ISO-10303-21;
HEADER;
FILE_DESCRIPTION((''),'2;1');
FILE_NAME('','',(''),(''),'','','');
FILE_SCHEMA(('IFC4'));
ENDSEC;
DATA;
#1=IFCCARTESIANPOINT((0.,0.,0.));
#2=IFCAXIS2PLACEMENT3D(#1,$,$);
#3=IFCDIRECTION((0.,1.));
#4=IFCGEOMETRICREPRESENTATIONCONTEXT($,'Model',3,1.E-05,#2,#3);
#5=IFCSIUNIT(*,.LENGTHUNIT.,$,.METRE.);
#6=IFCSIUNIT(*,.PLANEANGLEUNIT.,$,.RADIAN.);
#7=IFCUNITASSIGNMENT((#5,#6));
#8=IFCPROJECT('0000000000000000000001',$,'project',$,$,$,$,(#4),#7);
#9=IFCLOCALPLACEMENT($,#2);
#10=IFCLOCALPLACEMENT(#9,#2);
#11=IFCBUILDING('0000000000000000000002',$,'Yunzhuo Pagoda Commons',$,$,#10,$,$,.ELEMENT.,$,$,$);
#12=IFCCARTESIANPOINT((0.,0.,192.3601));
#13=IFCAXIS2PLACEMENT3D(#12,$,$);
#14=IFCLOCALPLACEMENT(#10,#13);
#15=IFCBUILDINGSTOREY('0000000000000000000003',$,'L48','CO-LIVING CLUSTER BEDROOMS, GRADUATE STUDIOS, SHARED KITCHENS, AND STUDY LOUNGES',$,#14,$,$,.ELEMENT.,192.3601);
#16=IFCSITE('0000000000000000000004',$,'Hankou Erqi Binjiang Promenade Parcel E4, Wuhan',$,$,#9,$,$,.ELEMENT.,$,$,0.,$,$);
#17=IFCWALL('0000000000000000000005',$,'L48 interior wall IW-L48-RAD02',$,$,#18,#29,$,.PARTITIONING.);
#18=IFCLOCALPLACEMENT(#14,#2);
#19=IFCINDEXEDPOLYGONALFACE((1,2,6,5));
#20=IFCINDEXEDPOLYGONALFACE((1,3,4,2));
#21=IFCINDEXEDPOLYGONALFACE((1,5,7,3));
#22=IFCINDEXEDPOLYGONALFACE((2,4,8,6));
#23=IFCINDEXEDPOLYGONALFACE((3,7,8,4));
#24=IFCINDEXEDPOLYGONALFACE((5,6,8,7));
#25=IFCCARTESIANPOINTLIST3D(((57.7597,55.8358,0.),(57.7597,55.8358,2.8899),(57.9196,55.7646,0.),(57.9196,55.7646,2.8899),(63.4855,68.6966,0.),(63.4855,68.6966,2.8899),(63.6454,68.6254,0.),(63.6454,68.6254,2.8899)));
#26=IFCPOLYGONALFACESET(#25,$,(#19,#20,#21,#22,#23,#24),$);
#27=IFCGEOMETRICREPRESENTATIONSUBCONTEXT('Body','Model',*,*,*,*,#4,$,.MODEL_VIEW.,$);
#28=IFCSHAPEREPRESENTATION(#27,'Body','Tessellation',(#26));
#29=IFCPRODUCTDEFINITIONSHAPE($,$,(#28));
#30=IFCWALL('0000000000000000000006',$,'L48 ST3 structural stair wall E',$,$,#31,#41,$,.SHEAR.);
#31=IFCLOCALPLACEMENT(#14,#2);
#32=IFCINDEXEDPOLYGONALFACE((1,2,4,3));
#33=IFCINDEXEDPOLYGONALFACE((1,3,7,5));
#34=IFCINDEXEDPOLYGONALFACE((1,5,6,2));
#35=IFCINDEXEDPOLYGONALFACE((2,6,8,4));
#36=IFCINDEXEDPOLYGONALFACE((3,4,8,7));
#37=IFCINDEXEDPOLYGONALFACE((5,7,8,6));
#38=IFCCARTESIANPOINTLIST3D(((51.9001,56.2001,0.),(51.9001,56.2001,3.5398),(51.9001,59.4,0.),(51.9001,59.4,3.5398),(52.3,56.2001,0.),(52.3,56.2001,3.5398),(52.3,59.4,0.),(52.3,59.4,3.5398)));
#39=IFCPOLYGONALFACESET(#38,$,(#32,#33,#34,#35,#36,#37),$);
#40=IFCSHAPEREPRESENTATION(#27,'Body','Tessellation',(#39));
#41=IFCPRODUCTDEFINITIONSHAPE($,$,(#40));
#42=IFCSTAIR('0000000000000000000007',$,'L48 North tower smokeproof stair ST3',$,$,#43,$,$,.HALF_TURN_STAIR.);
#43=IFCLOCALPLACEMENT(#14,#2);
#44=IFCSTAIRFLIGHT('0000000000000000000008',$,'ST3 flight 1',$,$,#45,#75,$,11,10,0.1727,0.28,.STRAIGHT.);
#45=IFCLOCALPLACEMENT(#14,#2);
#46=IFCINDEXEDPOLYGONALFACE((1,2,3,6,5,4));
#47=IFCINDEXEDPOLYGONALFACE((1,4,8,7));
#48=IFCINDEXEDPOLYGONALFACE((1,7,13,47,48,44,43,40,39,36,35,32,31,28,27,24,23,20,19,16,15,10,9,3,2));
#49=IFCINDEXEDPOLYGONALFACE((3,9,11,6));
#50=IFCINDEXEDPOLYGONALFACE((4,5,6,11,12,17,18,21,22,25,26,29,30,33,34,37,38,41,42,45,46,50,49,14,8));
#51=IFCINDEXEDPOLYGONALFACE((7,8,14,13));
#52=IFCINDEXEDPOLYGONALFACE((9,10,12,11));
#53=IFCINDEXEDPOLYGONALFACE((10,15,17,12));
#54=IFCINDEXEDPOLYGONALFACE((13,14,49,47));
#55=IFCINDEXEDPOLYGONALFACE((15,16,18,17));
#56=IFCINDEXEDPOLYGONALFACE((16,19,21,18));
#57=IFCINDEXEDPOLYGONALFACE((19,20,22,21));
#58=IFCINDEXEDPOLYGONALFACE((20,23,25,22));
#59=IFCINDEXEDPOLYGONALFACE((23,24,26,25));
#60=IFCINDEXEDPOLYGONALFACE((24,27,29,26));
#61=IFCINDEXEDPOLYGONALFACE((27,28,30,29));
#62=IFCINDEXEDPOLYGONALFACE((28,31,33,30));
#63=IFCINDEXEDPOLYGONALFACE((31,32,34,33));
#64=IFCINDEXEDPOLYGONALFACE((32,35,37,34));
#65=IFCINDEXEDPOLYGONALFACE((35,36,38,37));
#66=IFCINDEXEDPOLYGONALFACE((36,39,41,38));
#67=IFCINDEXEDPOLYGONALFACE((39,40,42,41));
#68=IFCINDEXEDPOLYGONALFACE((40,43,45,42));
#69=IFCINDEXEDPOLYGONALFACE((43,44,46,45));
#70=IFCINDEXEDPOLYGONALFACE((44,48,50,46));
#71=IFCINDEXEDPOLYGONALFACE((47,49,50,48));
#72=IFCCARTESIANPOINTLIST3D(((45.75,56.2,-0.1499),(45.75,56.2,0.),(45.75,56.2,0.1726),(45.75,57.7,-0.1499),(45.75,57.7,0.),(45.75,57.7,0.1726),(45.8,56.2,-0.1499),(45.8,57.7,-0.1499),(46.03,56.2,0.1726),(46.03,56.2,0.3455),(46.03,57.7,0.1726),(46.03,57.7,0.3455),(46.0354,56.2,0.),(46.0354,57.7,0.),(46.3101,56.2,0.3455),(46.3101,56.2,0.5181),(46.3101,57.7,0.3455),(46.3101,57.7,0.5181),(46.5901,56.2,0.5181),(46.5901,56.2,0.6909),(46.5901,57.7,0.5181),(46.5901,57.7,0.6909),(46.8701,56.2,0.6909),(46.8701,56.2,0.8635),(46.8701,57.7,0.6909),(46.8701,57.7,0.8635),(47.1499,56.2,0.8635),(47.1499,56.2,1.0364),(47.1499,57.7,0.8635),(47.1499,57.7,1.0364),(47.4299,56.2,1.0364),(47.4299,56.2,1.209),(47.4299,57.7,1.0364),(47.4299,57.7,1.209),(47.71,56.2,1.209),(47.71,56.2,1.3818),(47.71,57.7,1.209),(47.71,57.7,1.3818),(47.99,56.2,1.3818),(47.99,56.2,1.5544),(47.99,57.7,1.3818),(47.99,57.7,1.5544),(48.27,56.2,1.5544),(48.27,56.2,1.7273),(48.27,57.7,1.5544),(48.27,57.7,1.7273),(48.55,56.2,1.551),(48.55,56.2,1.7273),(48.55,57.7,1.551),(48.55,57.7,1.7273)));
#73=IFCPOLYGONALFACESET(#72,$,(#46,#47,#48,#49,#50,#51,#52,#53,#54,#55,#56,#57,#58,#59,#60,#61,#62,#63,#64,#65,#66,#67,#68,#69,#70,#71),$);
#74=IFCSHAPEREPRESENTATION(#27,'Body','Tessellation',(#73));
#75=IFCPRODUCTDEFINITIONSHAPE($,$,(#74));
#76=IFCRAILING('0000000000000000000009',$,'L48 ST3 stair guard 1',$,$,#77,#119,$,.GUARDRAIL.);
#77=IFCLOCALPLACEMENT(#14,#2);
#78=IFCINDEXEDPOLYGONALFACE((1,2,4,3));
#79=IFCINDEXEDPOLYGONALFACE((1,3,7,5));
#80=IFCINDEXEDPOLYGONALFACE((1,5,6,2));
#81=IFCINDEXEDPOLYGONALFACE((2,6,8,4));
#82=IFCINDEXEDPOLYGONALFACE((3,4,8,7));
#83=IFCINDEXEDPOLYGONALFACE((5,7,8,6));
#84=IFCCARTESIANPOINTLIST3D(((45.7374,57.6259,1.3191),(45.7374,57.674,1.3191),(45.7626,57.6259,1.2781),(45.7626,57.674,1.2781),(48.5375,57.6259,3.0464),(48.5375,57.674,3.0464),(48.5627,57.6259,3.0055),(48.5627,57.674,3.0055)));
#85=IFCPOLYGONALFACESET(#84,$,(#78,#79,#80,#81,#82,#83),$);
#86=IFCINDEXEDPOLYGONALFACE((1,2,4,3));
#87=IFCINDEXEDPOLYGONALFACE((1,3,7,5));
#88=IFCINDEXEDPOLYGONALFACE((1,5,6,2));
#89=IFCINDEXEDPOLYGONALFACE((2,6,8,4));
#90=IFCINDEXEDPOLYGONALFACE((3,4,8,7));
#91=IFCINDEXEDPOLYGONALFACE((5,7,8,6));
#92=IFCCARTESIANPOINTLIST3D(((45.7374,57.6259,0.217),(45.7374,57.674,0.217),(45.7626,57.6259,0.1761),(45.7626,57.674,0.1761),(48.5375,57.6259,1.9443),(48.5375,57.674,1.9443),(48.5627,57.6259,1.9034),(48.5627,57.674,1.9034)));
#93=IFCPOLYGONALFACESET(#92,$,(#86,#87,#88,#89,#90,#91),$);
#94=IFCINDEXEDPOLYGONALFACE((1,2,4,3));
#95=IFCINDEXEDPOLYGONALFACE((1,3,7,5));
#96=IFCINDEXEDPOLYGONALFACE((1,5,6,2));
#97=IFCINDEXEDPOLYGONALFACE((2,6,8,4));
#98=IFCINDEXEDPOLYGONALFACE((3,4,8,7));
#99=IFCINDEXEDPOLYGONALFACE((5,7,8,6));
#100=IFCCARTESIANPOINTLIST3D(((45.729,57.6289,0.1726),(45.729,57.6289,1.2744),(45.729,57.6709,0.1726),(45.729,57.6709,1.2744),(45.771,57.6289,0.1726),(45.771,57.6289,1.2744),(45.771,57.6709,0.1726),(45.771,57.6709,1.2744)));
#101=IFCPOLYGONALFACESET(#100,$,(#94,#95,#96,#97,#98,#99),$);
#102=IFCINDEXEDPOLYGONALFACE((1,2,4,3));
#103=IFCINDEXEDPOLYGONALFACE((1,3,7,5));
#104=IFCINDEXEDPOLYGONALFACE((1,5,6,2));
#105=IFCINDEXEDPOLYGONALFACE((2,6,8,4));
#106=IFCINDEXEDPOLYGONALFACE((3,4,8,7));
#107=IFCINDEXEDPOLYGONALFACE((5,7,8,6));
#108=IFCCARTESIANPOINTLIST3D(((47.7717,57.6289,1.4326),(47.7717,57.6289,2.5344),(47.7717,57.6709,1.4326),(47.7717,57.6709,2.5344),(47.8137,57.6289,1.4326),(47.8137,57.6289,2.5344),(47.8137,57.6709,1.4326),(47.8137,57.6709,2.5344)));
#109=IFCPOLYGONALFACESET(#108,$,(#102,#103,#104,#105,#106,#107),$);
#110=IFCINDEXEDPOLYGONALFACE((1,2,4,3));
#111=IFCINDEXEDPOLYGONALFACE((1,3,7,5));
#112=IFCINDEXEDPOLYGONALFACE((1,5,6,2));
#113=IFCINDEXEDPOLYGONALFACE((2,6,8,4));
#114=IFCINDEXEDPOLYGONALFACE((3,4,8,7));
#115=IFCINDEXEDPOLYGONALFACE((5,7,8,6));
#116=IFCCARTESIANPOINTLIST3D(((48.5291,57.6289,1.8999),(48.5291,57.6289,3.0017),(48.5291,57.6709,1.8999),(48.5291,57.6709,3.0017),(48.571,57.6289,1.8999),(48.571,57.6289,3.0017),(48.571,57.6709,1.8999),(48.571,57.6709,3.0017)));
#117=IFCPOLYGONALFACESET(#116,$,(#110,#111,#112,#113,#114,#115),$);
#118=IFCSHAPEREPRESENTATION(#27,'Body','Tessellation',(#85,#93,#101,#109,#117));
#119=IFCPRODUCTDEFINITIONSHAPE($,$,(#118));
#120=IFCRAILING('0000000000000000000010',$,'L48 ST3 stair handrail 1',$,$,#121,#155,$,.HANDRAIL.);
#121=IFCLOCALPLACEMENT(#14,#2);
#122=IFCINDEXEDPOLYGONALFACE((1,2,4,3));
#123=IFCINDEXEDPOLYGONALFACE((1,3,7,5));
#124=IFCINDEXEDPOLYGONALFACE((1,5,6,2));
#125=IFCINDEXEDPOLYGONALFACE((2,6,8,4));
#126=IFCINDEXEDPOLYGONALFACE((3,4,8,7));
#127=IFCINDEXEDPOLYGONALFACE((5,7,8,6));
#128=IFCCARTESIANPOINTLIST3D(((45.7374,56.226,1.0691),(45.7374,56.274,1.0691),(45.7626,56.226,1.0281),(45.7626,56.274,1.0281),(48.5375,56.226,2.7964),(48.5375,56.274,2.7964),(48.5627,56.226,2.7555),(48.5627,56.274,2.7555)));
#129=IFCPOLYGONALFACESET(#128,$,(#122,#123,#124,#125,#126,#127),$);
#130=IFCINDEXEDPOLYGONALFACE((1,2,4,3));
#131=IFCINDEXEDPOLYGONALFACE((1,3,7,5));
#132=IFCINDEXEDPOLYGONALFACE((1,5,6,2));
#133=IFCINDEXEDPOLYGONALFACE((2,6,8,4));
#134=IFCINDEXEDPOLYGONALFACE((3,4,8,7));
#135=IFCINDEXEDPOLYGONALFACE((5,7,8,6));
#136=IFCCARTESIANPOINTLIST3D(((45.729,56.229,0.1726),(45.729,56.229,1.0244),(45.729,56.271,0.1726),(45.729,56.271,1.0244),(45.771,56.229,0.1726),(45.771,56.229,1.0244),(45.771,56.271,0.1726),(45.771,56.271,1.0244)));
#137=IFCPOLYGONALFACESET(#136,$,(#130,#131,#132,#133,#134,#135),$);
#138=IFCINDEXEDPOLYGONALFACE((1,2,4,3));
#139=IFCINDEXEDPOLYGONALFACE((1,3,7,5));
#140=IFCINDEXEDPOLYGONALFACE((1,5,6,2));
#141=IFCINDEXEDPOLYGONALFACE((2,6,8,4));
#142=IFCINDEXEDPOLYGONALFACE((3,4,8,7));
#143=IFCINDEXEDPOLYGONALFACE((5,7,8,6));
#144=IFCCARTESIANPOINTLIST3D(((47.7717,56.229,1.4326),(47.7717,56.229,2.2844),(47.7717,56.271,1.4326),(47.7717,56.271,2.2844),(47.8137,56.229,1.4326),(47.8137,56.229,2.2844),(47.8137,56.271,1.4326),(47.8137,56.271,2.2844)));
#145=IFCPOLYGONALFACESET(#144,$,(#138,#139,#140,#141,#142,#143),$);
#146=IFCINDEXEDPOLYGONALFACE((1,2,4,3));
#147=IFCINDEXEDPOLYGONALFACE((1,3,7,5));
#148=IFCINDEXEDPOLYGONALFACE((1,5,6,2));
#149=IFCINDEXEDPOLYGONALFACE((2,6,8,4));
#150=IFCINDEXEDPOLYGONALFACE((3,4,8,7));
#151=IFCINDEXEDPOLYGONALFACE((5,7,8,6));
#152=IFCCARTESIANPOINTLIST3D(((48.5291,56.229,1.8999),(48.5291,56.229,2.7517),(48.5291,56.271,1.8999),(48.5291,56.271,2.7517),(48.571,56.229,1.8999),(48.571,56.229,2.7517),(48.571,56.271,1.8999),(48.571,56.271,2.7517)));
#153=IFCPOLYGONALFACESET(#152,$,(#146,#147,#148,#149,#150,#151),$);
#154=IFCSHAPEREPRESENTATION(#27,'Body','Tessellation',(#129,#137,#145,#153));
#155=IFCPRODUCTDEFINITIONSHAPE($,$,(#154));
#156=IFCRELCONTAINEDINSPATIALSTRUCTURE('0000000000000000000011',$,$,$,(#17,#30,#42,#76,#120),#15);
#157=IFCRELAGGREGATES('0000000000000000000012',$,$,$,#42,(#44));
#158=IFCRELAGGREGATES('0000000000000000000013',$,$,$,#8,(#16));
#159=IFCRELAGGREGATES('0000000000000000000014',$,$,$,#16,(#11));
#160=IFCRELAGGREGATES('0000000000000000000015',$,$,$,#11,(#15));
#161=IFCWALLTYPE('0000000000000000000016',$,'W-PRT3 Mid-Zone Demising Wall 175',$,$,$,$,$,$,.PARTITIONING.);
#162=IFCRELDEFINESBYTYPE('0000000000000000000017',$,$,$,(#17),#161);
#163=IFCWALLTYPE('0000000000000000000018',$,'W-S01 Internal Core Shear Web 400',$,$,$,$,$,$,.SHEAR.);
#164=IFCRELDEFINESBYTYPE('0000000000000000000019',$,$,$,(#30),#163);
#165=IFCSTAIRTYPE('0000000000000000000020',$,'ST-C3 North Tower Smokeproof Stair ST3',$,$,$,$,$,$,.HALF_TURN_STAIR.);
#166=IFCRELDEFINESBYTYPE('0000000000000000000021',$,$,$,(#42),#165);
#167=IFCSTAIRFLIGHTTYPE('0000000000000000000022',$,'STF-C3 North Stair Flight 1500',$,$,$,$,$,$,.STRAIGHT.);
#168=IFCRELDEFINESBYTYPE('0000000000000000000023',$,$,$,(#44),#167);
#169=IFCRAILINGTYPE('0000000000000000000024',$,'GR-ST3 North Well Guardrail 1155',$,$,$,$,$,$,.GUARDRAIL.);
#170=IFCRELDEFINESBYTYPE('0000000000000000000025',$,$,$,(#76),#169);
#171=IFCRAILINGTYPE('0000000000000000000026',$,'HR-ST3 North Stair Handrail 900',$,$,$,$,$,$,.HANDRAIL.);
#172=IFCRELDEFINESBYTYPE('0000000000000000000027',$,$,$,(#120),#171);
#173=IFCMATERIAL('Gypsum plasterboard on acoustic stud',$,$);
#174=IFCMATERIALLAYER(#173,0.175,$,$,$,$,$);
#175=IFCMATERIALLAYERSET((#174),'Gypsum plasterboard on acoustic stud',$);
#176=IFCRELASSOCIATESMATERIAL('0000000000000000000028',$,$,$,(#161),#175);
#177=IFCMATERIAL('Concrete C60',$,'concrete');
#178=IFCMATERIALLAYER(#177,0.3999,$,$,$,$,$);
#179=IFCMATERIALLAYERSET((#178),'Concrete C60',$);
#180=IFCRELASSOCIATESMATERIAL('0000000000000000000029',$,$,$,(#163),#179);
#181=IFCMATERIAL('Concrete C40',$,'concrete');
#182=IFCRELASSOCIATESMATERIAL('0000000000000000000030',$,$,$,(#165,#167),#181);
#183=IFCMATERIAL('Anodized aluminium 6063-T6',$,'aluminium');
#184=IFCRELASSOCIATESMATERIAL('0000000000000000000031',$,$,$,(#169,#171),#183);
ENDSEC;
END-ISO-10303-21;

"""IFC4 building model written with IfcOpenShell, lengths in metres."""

from ifc_helpers import new_model, si_unit, direction, frame, frame_2d, origin, origin_2d, place, context, subcontext, project, spatial, polyline, rectangle, outline, extrude, source, transform, mapped, material, layer, layer_set, type_object, element, aggregate, save


model = new_model("IFC4")

# Units and contexts
model_context = context("Model", 3, precision=1e-05, world=origin(), true_north=direction((0.0, 1.0)))
body_context = subcontext(model_context, "Body", "Model", "MODEL_VIEW")
ifc_project = project(units=[si_unit("LENGTHUNIT", "METRE"), si_unit("PLANEANGLEUNIT", "RADIAN")], contexts=[model_context])

# Site, building, storey
site_placement = place(None, origin())
site = spatial("IfcSite", under=ifc_project, at=site_placement, Name="Hankou Erqi Binjiang Promenade Parcel E4, Wuhan", CompositionType="ELEMENT", RefElevation=0.0)
building_placement = place(site_placement, origin())
building = spatial("IfcBuilding", under=site, at=building_placement, Name="Yunzhuo Pagoda Commons", CompositionType="ELEMENT")
storey_placement = place(building_placement, frame((0.0, 0.0, 192.3601)))
storey = spatial("IfcBuildingStorey", under=building, at=storey_placement, Name="L48", Description="CO-LIVING CLUSTER BEDROOMS, GRADUATE STUDIOS, SHARED KITCHENS, AND STUDY LOUNGES", CompositionType="ELEMENT", Elevation=192.3601)

# Shared definitions
ifc_material_1 = material(Name="Anodized aluminium 6063-T6", Category="aluminium")

# Shared definitions
ifc_material_2 = material(Name="Gypsum plasterboard on acoustic stud")

# Walls
ifc_layer_1 = layer(ifc_material_2, 0.175)
ifc_layer_set_1 = layer_set([ifc_layer_1], Name="Gypsum plasterboard on acoustic stud")
wall_type_1 = type_object("IfcWallType", Name="W-PRT3 Mid-Zone Demising Wall 175", PredefinedType="PARTITIONING", material=ifc_layer_set_1)
wall_1_placement = place(storey_placement, frame((57.8396, 55.8, 0.0), z_axis=(0.0, 0.0, 1.0), x_axis=(0.406726, 0.91355, 0.0)))
element("IfcWall", 1, at=wall_1_placement, inside=storey, type_object=wall_type_1, Name="L48 interior wall IW-L48-RAD02", PredefinedType="PARTITIONING", context=body_context, shape_type="SweptSolid", body=[
    extrude(rectangle(XDim=14.0779, YDim=0.175, at=frame_2d((7.0391, 0.0))), origin(), (0.0, 0.0, 1.0), 2.8899),
])
ifc_material_3 = material(Name="Concrete C60", Category="concrete")
ifc_layer_2 = layer(ifc_material_3, 0.3999)
ifc_layer_set_2 = layer_set([ifc_layer_2], Name="Concrete C60")
wall_type_2 = type_object("IfcWallType", Name="W-S01 Internal Core Shear Web 400", PredefinedType="SHEAR", material=ifc_layer_set_2)
wall_2_placement = place(storey_placement, frame((52.1001, 56.2, 0.0), z_axis=(0.0, 0.0, 1.0), x_axis=(0.0, 1.0, 0.0)))
element("IfcWall", 2, at=wall_2_placement, inside=storey, type_object=wall_type_2, Name="L48 ST3 structural stair wall E", PredefinedType="SHEAR", context=body_context, shape_type="SweptSolid", body=[
    extrude(rectangle(XDim=3.2, YDim=0.3999, at=frame_2d((1.6001, 0.0))), origin(), (0.0, 0.0, 1.0), 3.5398),
])

# Stair, stair flight
ifc_material_4 = material(Name="Concrete C40", Category="concrete")
stair_type = type_object("IfcStairType", Name="ST-C3 North Tower Smokeproof Stair ST3", PredefinedType="HALF_TURN_STAIR", material=ifc_material_4)
stair_placement = place(storey_placement, origin())
stair = element("IfcStair", 3, at=stair_placement, inside=storey, type_object=stair_type, Name="L48 North tower smokeproof stair ST3", PredefinedType="HALF_TURN_STAIR")
stair_flight_type = type_object("IfcStairFlightType", Name="STF-C3 North Stair Flight 1500", PredefinedType="STRAIGHT", material=ifc_material_4)
shared_shape_1 = source(origin(), body_context, "Body", "SweptSolid", [
    extrude(outline(polyline([(0.0, -0.1499), (0.0, 0.0), (0.0, 0.1726), (0.28, 0.1726), (0.28, 0.3455), (0.5601, 0.3455), (0.5601, 0.5181), (0.8401, 0.5181), (0.8401, 0.6909), (1.1201, 0.6909), (1.1201, 0.8635), (1.3999, 0.8635), (1.3999, 1.0364), (1.6799, 1.0364), (1.6799, 1.209), (1.96, 1.209), (1.96, 1.3818), (2.24, 1.3818), (2.24, 1.5544), (2.52, 1.5544), (2.52, 1.7273), (2.8, 1.7273), (2.8, 1.8999), (2.8, 1.551), (0.2854, 0.0), (0.05, -0.1499), (0.0, -0.1499)])), frame((0.0, 0.75, 0.0), z_axis=(0.0, -1.0, 0.0), x_axis=(1.0, 0.0, 0.0)), (0.0, 0.0, 1.0), 1.5),
])
stair_flight_placement = place(storey_placement, frame((45.75, 56.95, 0.0), z_axis=(0.0, 0.0, 1.0), x_axis=(1.0, 0.0, 0.0)))
stair_flight = element("IfcStairFlight", 4, at=stair_flight_placement, type_object=stair_flight_type, Name="ST3 flight 1", NumberOfRisers=11, NumberOfTreads=10, PredefinedType="STRAIGHT", RiserHeight=0.1727, TreadLength=0.28, context=body_context, shape_type="MappedRepresentation", body=[
    mapped(shared_shape_1, transform((0.0, 0.0, 0.0), scale=1.0)),
])
aggregate(stair, [stair_flight])

# Railings
railing_type_1 = type_object("IfcRailingType", Name="GR-ST3 North Well Guardrail 1155", PredefinedType="GUARDRAIL", material=ifc_material_1)
railing_1_placement = place(storey_placement, frame((45.75, 57.6499, 0.1726)))
element("IfcRailing", 5, at=railing_1_placement, inside=storey, type_object=railing_type_1, Name="L48 ST3 stair guard 1", PredefinedType="GUARDRAIL", context=body_context, shape_type="SweptSolid", body=[
    extrude(rectangle(XDim=0.0481, YDim=0.0481, at=origin_2d()), frame((0.0, 0.0, 1.126), z_axis=(0.85109, 0.0, 0.52502), x_axis=(0.0, 1.0, 0.0)), (0.0, 0.0, 1.0), 3.29),
    extrude(rectangle(XDim=0.0481, YDim=0.0481, at=origin_2d()), frame((0.0, 0.0, 0.0239), z_axis=(0.85109, 0.0, 0.52502), x_axis=(0.0, 1.0, 0.0)), (0.0, 0.0, 1.0), 3.29),
    extrude(rectangle(XDim=0.042, YDim=0.042, at=origin_2d()), origin(), (0.0, 0.0, 1.0), 1.1018),
    extrude(rectangle(XDim=0.042, YDim=0.042, at=origin_2d()), frame((2.0427, 0.0, 1.26)), (0.0, 0.0, 1.0), 1.1018),
    extrude(rectangle(XDim=0.042, YDim=0.042, at=origin_2d()), frame((2.8, 0.0, 1.7273)), (0.0, 0.0, 1.0), 1.1018),
])
railing_type_2 = type_object("IfcRailingType", Name="HR-ST3 North Stair Handrail 900", PredefinedType="HANDRAIL", material=ifc_material_1)
railing_2_placement = place(storey_placement, frame((45.75, 56.25, 0.1726)))
element("IfcRailing", 6, at=railing_2_placement, inside=storey, type_object=railing_type_2, Name="L48 ST3 stair handrail 1", PredefinedType="HANDRAIL", context=body_context, shape_type="SweptSolid", body=[
    extrude(rectangle(XDim=0.0481, YDim=0.0481, at=origin_2d()), frame((0.0, 0.0, 0.876), z_axis=(0.85109, 0.0, 0.52502), x_axis=(0.0, 1.0, 0.0)), (0.0, 0.0, 1.0), 3.29),
    extrude(rectangle(XDim=0.042, YDim=0.042, at=origin_2d()), origin(), (0.0, 0.0, 1.0), 0.8518),
    extrude(rectangle(XDim=0.042, YDim=0.042, at=origin_2d()), frame((2.0427, 0.0, 1.26)), (0.0, 0.0, 1.0), 0.8518),
    extrude(rectangle(XDim=0.042, YDim=0.042, at=origin_2d()), frame((2.8, 0.0, 1.7273)), (0.0, 0.0, 1.0), 0.8518),
])

save(model, "model.ifc")
